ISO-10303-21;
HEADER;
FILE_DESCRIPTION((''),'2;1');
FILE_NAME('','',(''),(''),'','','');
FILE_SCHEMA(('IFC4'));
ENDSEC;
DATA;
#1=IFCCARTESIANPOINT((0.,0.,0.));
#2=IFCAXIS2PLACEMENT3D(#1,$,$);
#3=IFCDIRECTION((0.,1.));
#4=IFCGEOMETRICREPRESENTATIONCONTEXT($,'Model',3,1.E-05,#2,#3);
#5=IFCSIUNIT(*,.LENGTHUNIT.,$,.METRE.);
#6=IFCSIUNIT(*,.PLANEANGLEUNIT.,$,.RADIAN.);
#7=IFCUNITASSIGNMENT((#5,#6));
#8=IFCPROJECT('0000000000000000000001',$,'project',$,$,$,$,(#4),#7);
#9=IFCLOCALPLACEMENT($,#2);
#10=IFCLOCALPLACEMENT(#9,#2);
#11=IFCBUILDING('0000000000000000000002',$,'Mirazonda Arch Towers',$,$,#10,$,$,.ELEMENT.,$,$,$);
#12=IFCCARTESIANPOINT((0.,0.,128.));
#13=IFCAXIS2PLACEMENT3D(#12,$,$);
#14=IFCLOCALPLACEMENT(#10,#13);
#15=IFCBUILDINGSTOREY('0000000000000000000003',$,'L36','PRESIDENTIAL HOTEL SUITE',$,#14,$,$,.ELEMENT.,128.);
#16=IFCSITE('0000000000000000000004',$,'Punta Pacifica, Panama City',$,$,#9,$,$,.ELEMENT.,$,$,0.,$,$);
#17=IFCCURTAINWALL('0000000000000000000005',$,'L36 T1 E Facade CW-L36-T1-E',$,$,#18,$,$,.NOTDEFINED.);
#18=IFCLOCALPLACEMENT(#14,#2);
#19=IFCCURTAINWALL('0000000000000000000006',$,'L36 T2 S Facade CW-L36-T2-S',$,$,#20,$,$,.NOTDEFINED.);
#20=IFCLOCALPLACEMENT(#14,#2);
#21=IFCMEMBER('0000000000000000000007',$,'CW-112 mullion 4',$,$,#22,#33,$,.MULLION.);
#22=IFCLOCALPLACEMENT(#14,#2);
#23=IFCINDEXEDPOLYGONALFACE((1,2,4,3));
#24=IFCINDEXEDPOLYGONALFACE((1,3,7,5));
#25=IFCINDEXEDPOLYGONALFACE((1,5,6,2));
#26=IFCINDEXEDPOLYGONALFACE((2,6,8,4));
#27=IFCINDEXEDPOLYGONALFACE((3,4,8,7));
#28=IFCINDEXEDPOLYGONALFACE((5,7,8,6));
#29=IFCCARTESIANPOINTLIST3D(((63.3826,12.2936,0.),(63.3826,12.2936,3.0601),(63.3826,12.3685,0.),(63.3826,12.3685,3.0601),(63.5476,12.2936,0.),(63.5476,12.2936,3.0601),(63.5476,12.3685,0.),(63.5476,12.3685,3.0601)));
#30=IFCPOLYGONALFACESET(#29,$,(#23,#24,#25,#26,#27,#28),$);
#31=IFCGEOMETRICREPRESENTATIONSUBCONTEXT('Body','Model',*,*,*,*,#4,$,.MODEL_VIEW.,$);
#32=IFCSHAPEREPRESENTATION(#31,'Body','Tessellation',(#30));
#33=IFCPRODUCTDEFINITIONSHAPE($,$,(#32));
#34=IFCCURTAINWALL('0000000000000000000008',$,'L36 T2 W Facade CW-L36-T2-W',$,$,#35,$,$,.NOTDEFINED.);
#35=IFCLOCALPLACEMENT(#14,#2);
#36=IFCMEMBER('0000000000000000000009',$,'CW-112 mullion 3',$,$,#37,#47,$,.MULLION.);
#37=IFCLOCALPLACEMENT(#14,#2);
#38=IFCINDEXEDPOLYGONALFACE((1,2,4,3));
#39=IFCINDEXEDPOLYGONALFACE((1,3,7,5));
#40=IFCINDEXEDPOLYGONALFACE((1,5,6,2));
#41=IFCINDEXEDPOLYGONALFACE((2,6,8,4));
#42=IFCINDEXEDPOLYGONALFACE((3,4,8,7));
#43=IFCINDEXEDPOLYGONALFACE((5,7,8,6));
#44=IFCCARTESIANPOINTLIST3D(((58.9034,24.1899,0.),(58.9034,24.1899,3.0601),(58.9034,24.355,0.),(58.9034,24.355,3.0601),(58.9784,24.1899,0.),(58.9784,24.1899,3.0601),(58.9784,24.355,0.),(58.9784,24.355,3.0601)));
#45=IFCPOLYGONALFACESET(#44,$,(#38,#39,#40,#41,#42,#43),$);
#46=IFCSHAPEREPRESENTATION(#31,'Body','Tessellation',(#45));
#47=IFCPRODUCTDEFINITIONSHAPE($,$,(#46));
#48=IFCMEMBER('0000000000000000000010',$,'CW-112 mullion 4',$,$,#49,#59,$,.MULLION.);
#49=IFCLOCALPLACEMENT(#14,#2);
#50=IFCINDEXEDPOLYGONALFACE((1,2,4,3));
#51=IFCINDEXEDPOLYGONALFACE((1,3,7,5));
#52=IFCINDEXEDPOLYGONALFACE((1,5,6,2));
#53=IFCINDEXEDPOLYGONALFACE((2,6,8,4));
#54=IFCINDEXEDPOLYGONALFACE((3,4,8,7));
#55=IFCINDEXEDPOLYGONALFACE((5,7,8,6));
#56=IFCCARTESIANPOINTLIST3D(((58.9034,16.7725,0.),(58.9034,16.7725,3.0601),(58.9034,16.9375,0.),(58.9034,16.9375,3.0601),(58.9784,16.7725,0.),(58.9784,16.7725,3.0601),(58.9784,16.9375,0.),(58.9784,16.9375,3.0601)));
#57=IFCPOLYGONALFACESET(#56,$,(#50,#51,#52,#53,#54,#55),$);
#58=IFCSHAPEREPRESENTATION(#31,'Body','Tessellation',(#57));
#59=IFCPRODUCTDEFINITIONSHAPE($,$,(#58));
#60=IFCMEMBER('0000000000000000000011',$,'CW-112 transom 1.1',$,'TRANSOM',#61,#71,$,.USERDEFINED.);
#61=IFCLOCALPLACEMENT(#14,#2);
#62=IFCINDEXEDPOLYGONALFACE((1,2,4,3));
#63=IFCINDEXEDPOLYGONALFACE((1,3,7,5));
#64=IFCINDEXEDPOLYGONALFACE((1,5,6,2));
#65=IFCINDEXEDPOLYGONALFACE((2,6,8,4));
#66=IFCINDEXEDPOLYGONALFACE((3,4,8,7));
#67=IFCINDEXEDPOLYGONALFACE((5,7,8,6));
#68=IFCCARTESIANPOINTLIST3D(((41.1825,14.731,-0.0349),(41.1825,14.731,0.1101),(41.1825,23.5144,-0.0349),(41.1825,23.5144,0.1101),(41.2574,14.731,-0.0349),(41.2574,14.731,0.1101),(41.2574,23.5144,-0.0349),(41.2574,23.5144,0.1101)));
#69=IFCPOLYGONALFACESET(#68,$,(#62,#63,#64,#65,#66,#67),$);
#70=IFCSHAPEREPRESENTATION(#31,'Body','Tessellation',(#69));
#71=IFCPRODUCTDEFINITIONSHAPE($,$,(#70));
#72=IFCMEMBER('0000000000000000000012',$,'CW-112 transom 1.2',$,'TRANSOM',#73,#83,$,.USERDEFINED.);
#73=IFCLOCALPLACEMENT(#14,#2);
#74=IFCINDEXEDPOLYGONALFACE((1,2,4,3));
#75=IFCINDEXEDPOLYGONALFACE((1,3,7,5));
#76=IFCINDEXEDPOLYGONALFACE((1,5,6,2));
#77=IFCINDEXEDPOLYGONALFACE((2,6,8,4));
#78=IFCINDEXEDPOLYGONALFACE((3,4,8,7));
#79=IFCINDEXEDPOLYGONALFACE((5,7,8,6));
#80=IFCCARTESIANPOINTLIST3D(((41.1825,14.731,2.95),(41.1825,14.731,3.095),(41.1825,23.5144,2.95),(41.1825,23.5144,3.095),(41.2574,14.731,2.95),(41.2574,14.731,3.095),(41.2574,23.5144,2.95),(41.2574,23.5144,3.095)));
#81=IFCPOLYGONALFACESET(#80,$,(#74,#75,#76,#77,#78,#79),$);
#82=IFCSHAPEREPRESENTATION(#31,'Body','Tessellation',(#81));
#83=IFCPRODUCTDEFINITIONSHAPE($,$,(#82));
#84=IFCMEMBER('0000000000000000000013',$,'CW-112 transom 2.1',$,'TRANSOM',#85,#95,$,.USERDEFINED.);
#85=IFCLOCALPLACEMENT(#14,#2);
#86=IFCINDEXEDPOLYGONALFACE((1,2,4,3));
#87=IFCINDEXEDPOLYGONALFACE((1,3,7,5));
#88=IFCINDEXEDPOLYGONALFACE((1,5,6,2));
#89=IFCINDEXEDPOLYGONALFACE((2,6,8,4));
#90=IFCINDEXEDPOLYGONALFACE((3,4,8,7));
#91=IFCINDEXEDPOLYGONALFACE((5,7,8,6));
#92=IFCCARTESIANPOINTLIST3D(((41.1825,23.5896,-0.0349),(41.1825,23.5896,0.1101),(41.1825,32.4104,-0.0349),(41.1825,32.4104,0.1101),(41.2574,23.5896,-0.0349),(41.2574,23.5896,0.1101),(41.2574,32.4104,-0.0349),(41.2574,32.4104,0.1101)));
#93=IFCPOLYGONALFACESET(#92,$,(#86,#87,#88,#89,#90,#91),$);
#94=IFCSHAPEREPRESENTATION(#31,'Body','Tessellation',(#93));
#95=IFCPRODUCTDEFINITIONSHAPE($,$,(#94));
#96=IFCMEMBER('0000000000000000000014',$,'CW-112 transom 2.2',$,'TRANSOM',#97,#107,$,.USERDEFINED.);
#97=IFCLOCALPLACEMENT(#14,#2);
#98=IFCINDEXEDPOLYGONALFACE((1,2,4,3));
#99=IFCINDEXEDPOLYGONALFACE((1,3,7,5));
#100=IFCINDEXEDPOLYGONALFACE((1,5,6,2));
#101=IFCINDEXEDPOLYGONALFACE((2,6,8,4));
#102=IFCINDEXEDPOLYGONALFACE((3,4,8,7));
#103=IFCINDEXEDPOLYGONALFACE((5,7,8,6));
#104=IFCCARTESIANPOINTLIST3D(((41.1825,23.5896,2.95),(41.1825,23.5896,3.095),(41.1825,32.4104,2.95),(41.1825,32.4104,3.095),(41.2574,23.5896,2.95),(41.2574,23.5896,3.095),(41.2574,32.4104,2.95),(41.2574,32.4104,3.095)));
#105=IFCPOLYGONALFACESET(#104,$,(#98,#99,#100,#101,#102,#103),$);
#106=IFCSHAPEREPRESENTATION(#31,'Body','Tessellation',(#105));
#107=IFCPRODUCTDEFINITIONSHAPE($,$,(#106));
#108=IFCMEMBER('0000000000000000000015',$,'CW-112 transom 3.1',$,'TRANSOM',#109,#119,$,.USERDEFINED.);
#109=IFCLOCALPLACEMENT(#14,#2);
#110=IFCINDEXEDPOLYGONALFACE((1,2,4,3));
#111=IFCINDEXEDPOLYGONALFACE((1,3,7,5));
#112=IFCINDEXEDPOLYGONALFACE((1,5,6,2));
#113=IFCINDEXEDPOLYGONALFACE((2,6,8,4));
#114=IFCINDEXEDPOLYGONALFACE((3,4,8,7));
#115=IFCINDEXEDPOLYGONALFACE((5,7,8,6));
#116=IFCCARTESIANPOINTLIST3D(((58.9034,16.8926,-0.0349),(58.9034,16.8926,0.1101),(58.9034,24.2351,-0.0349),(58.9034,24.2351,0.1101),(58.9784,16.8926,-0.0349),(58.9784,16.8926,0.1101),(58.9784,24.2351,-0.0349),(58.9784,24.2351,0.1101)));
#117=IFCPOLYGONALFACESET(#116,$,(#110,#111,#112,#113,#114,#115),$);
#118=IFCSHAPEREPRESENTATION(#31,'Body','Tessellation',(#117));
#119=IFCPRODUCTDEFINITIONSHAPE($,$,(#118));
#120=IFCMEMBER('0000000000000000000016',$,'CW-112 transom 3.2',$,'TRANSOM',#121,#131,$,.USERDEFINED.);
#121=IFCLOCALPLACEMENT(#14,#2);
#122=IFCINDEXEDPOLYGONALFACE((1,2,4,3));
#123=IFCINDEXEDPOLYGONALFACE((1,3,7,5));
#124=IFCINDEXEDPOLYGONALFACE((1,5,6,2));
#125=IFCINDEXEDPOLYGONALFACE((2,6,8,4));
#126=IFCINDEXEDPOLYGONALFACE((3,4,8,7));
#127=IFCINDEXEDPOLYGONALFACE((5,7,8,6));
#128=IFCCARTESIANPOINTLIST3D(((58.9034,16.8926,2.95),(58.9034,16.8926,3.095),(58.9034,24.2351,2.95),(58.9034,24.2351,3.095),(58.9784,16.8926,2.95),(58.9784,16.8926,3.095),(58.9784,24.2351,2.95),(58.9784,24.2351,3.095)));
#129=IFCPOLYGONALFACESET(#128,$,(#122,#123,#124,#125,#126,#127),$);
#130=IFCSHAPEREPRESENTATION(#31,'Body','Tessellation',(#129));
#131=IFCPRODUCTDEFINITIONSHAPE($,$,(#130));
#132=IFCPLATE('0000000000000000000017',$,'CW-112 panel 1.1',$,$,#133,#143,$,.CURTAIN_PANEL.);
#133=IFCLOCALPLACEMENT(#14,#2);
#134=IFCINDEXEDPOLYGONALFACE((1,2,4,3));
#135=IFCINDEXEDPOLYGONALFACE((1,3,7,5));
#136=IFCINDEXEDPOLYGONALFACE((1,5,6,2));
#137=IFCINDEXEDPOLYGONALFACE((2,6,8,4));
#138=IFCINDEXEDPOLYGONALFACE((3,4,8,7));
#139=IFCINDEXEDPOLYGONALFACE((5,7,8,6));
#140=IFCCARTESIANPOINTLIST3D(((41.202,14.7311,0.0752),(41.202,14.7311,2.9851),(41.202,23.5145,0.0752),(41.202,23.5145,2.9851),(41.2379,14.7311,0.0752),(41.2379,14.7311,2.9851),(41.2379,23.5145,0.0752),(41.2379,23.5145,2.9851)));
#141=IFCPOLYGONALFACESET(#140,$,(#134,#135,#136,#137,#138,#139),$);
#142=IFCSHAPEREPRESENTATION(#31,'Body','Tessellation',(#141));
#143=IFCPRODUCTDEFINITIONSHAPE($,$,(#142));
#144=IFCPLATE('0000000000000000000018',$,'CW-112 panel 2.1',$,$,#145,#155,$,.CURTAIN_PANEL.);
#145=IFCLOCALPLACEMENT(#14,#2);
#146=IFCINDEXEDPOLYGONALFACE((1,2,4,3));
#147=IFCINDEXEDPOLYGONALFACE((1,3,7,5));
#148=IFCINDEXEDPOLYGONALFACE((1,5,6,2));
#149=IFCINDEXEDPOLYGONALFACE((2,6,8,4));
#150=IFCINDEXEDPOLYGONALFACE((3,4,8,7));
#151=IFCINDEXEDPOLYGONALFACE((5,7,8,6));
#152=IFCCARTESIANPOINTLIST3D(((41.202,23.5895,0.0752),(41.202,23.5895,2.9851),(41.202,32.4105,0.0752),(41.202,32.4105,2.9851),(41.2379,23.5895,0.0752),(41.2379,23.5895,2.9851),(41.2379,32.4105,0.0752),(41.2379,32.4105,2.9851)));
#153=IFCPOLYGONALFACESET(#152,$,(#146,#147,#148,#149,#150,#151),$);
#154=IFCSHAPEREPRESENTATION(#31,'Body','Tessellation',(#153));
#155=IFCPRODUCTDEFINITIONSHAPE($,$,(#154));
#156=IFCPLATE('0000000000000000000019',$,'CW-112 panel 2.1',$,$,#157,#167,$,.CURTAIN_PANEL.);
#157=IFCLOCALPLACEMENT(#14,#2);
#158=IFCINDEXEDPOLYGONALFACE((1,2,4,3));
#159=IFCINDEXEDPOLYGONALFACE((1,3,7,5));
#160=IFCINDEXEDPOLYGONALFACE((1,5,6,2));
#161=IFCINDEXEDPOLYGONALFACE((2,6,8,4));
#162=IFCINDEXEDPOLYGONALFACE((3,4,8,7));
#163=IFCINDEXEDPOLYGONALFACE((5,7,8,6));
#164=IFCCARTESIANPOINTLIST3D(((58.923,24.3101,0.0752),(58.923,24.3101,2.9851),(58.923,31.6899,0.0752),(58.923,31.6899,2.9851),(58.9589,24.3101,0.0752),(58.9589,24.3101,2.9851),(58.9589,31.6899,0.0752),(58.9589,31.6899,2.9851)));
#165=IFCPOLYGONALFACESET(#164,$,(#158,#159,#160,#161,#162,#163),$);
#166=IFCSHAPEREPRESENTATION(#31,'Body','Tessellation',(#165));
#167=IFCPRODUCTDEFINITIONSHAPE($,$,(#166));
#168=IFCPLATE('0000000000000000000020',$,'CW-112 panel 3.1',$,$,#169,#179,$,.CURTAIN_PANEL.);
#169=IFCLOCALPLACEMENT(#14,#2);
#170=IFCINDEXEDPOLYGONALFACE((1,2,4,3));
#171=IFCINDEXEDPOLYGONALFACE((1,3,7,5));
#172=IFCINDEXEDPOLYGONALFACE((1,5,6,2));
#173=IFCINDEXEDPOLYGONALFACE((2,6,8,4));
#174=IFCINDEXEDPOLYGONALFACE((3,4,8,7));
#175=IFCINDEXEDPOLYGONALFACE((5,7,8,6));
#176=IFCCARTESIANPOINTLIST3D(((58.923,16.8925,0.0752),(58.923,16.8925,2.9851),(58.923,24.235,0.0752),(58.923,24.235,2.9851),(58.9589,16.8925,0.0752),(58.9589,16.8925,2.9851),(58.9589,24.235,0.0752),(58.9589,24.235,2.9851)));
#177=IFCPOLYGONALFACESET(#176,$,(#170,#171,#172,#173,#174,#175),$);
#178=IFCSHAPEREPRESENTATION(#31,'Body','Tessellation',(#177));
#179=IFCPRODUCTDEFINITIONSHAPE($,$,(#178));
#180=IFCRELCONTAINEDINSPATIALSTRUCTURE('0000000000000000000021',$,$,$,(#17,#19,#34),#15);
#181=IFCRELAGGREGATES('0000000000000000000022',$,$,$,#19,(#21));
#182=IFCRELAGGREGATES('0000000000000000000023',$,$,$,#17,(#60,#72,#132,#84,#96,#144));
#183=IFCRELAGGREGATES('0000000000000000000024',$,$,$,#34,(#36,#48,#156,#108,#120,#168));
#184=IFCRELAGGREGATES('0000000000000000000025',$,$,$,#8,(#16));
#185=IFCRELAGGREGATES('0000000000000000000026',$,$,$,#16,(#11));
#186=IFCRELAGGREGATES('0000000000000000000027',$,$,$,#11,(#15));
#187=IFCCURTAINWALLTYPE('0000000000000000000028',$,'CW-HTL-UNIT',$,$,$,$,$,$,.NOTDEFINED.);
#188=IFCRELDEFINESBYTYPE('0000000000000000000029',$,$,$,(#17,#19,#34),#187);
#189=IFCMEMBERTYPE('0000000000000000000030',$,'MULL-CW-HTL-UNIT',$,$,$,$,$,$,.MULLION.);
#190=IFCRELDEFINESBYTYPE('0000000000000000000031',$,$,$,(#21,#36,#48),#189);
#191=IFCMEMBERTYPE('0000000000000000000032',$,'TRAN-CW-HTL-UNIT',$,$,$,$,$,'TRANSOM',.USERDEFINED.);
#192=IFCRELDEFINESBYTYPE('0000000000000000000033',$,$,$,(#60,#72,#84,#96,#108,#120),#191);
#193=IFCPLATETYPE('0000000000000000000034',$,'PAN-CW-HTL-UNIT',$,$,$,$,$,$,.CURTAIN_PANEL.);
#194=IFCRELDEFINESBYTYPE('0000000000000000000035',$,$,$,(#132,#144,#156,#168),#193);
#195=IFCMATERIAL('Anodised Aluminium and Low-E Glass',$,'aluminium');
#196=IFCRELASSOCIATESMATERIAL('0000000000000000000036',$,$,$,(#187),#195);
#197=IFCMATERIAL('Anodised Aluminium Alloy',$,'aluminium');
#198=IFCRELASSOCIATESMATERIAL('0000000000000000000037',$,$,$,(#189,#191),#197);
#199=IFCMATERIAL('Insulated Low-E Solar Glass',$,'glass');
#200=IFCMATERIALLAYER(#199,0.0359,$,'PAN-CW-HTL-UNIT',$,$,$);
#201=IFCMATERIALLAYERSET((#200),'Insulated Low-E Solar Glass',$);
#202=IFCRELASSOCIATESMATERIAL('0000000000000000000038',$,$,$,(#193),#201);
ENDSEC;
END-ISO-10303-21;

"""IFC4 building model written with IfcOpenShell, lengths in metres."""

from ifc_helpers import new_model, si_unit, direction, frame, origin, origin_2d, place, context, subcontext, project, spatial, rectangle, extrude, material, layer, layer_set, material_profile, profile_set, type_object, element, aggregate, save


model = new_model("IFC4")

# Units and contexts
model_context = context("Model", 3, precision=1e-05, world=origin(), true_north=direction((0.0, 1.0)))
body_context = subcontext(model_context, "Body", "Model", "MODEL_VIEW")
ifc_project = project(units=[si_unit("LENGTHUNIT", "METRE"), si_unit("PLANEANGLEUNIT", "RADIAN")], contexts=[model_context])

# Site, building, storey
site_placement = place(None, origin())
site = spatial("IfcSite", under=ifc_project, at=site_placement, Name="Punta Pacifica, Panama City", CompositionType="ELEMENT", RefElevation=0.0)
building_placement = place(site_placement, origin())
building = spatial("IfcBuilding", under=site, at=building_placement, Name="Mirazonda Arch Towers", CompositionType="ELEMENT")
storey_placement = place(building_placement, frame((0.0, 0.0, 128.0)))
storey = spatial("IfcBuildingStorey", under=building, at=storey_placement, Name="L36", Description="PRESIDENTIAL HOTEL SUITE", CompositionType="ELEMENT", Elevation=128.0)

# Curtain wall
ifc_material_1 = material(Name="Anodised Aluminium and Low-E Glass", Category="aluminium")
curtain_wall_type = type_object("IfcCurtainWallType", Name="CW-HTL-UNIT", PredefinedType="NOTDEFINED", material=ifc_material_1)
curtain_wall_1_placement = place(storey_placement, origin())
curtain_wall_1 = element("IfcCurtainWall", 1, at=curtain_wall_1_placement, inside=storey, type_object=curtain_wall_type, Name="L36 T1 E Facade CW-L36-T1-E", PredefinedType="NOTDEFINED")
ifc_material_2 = material(Name="Anodised Aluminium Alloy", Category="aluminium")
ifc_material_profile_1 = material_profile(ifc_material_2, rectangle(XDim=0.075, YDim=0.165, at=origin_2d()), Name="ALU-MULL-75x165")
ifc_profile_set_1 = profile_set([ifc_material_profile_1], Name="Anodised Aluminium Alloy")
member_type_1 = type_object("IfcMemberType", Name="MULL-CW-HTL-UNIT", PredefinedType="MULLION", material=ifc_profile_set_1)

# Curtain wall, member
curtain_wall_2_placement = place(storey_placement, origin())
curtain_wall_2 = element("IfcCurtainWall", 2, at=curtain_wall_2_placement, inside=storey, type_object=curtain_wall_type, Name="L36 T2 S Facade CW-L36-T2-S", PredefinedType="NOTDEFINED")
member_1_placement = place(storey_placement, frame((63.4651, 12.3311, 0.0), z_axis=(0.0, 0.0, 1.0), x_axis=(0.0, -1.0, 0.0)))
member_1 = element("IfcMember", 3, at=member_1_placement, type_object=member_type_1, Name="CW-112 mullion 4", PredefinedType="MULLION", context=body_context, shape_type="SweptSolid", body=[
    extrude(rectangle(XDim=0.075, YDim=0.165, at=origin_2d()), origin(), (0.0, 0.0, 1.0), 3.0601),
])
aggregate(curtain_wall_2, [member_1])

# Curtain wall, members
curtain_wall_3_placement = place(storey_placement, origin())
curtain_wall_3 = element("IfcCurtainWall", 4, at=curtain_wall_3_placement, inside=storey, type_object=curtain_wall_type, Name="L36 T2 W Facade CW-L36-T2-W", PredefinedType="NOTDEFINED")
member_2_placement = place(storey_placement, frame((58.9409, 24.2725, 0.0), z_axis=(0.0, 0.0, 1.0), x_axis=(1.0, 0.0, 0.0)))
member_2 = element("IfcMember", 5, at=member_2_placement, type_object=member_type_1, Name="CW-112 mullion 3", PredefinedType="MULLION", context=body_context, shape_type="SweptSolid", body=[
    extrude(rectangle(XDim=0.075, YDim=0.165, at=origin_2d()), origin(), (0.0, 0.0, 1.0), 3.0601),
])
member_3_placement = place(storey_placement, frame((58.9409, 16.855, 0.0), z_axis=(0.0, 0.0, 1.0), x_axis=(1.0, 0.0, 0.0)))
member_3 = element("IfcMember", 6, at=member_3_placement, type_object=member_type_1, Name="CW-112 mullion 4", PredefinedType="MULLION", context=body_context, shape_type="SweptSolid", body=[
    extrude(rectangle(XDim=0.075, YDim=0.165, at=origin_2d()), origin(), (0.0, 0.0, 1.0), 3.0601),
])

# Members
ifc_material_profile_2 = material_profile(ifc_material_2, rectangle(XDim=0.075, YDim=0.145, at=origin_2d()), Name="ALU-TRAN-75x145")
ifc_profile_set_2 = profile_set([ifc_material_profile_2], Name="Anodised Aluminium Alloy")
member_type_2 = type_object("IfcMemberType", Name="TRAN-CW-HTL-UNIT", ElementType="TRANSOM", PredefinedType="USERDEFINED", material=ifc_profile_set_2)
member_4_placement = place(storey_placement, frame((41.22, 14.731, 0.0376), z_axis=(0.0, 1.0, 0.0), x_axis=(-1.0, 0.0, 0.0)))
member_4 = element("IfcMember", 7, at=member_4_placement, type_object=member_type_2, Name="CW-112 transom 1.1", ObjectType="TRANSOM", PredefinedType="USERDEFINED", context=body_context, shape_type="SweptSolid", body=[
    extrude(rectangle(XDim=0.075, YDim=0.145, at=origin_2d()), origin(), (0.0, 0.0, 1.0), 8.7834),
])
member_5_placement = place(storey_placement, frame((41.22, 14.731, 3.0225), z_axis=(0.0, 1.0, 0.0), x_axis=(-1.0, 0.0, 0.0)))
member_5 = element("IfcMember", 8, at=member_5_placement, type_object=member_type_2, Name="CW-112 transom 1.2", ObjectType="TRANSOM", PredefinedType="USERDEFINED", context=body_context, shape_type="SweptSolid", body=[
    extrude(rectangle(XDim=0.075, YDim=0.145, at=origin_2d()), origin(), (0.0, 0.0, 1.0), 8.7834),
])
member_6_placement = place(storey_placement, frame((41.22, 23.5896, 0.0376), z_axis=(0.0, 1.0, 0.0), x_axis=(-1.0, 0.0, 0.0)))
member_6 = element("IfcMember", 9, at=member_6_placement, type_object=member_type_2, Name="CW-112 transom 2.1", ObjectType="TRANSOM", PredefinedType="USERDEFINED", context=body_context, shape_type="SweptSolid", body=[
    extrude(rectangle(XDim=0.075, YDim=0.145, at=origin_2d()), origin(), (0.0, 0.0, 1.0), 8.8208),
])
member_7_placement = place(storey_placement, frame((41.22, 23.5896, 3.0225), z_axis=(0.0, 1.0, 0.0), x_axis=(-1.0, 0.0, 0.0)))
member_7 = element("IfcMember", 10, at=member_7_placement, type_object=member_type_2, Name="CW-112 transom 2.2", ObjectType="TRANSOM", PredefinedType="USERDEFINED", context=body_context, shape_type="SweptSolid", body=[
    extrude(rectangle(XDim=0.075, YDim=0.145, at=origin_2d()), origin(), (0.0, 0.0, 1.0), 8.8208),
])
member_8_placement = place(storey_placement, frame((58.9409, 24.2351, 0.0376), z_axis=(0.0, -1.0, 0.0), x_axis=(1.0, 0.0, 0.0)))
member_8 = element("IfcMember", 11, at=member_8_placement, type_object=member_type_2, Name="CW-112 transom 3.1", ObjectType="TRANSOM", PredefinedType="USERDEFINED", context=body_context, shape_type="SweptSolid", body=[
    extrude(rectangle(XDim=0.075, YDim=0.145, at=origin_2d()), origin(), (0.0, 0.0, 1.0), 7.3425),
])
member_9_placement = place(storey_placement, frame((58.9409, 24.2351, 3.0225), z_axis=(0.0, -1.0, 0.0), x_axis=(1.0, 0.0, 0.0)))
member_9 = element("IfcMember", 12, at=member_9_placement, type_object=member_type_2, Name="CW-112 transom 3.2", ObjectType="TRANSOM", PredefinedType="USERDEFINED", context=body_context, shape_type="SweptSolid", body=[
    extrude(rectangle(XDim=0.075, YDim=0.145, at=origin_2d()), origin(), (0.0, 0.0, 1.0), 7.3425),
])

# Plates
ifc_material_3 = material(Name="Insulated Low-E Solar Glass", Category="glass")
ifc_layer_1 = layer(ifc_material_3, 0.0359, Name="PAN-CW-HTL-UNIT")
ifc_layer_set_1 = layer_set([ifc_layer_1], Name="Insulated Low-E Solar Glass")
plate_type = type_object("IfcPlateType", Name="PAN-CW-HTL-UNIT", PredefinedType="CURTAIN_PANEL", material=ifc_layer_set_1)
plate_1_placement = place(storey_placement, frame((41.22, 19.1228, 0.0752), z_axis=(0.0, 0.0, 1.0), x_axis=(0.0, 1.0, 0.0)))
plate_1 = element("IfcPlate", 13, at=plate_1_placement, type_object=plate_type, Name="CW-112 panel 1.1", PredefinedType="CURTAIN_PANEL", context=body_context, shape_type="SweptSolid", body=[
    extrude(rectangle(XDim=8.7834, YDim=0.0359, at=origin_2d()), origin(), (0.0, 0.0, 1.0), 2.9099),
])
plate_2_placement = place(storey_placement, frame((41.22, 28.0, 0.0752), z_axis=(0.0, 0.0, 1.0), x_axis=(0.0, 1.0, 0.0)))
plate_2 = element("IfcPlate", 14, at=plate_2_placement, type_object=plate_type, Name="CW-112 panel 2.1", PredefinedType="CURTAIN_PANEL", context=body_context, shape_type="SweptSolid", body=[
    extrude(rectangle(XDim=8.821, YDim=0.0359, at=origin_2d()), origin(), (0.0, 0.0, 1.0), 2.9099),
])
aggregate(curtain_wall_1, [member_4, member_5, plate_1, member_6, member_7, plate_2])
plate_3_placement = place(storey_placement, frame((58.9409, 28.0, 0.0752), z_axis=(0.0, 0.0, 1.0), x_axis=(0.0, -1.0, 0.0)))
plate_3 = element("IfcPlate", 15, at=plate_3_placement, type_object=plate_type, Name="CW-112 panel 2.1", PredefinedType="CURTAIN_PANEL", context=body_context, shape_type="SweptSolid", body=[
    extrude(rectangle(XDim=7.3799, YDim=0.0359, at=origin_2d()), origin(), (0.0, 0.0, 1.0), 2.9099),
])
plate_4_placement = place(storey_placement, frame((58.9409, 20.5637, 0.0752), z_axis=(0.0, 0.0, 1.0), x_axis=(0.0, -1.0, 0.0)))
plate_4 = element("IfcPlate", 16, at=plate_4_placement, type_object=plate_type, Name="CW-112 panel 3.1", PredefinedType="CURTAIN_PANEL", context=body_context, shape_type="SweptSolid", body=[
    extrude(rectangle(XDim=7.3425, YDim=0.0359, at=origin_2d()), origin(), (0.0, 0.0, 1.0), 2.9099),
])
aggregate(curtain_wall_3, [member_2, member_3, plate_3, member_8, member_9, plate_4])

save(model, "model.ifc")
